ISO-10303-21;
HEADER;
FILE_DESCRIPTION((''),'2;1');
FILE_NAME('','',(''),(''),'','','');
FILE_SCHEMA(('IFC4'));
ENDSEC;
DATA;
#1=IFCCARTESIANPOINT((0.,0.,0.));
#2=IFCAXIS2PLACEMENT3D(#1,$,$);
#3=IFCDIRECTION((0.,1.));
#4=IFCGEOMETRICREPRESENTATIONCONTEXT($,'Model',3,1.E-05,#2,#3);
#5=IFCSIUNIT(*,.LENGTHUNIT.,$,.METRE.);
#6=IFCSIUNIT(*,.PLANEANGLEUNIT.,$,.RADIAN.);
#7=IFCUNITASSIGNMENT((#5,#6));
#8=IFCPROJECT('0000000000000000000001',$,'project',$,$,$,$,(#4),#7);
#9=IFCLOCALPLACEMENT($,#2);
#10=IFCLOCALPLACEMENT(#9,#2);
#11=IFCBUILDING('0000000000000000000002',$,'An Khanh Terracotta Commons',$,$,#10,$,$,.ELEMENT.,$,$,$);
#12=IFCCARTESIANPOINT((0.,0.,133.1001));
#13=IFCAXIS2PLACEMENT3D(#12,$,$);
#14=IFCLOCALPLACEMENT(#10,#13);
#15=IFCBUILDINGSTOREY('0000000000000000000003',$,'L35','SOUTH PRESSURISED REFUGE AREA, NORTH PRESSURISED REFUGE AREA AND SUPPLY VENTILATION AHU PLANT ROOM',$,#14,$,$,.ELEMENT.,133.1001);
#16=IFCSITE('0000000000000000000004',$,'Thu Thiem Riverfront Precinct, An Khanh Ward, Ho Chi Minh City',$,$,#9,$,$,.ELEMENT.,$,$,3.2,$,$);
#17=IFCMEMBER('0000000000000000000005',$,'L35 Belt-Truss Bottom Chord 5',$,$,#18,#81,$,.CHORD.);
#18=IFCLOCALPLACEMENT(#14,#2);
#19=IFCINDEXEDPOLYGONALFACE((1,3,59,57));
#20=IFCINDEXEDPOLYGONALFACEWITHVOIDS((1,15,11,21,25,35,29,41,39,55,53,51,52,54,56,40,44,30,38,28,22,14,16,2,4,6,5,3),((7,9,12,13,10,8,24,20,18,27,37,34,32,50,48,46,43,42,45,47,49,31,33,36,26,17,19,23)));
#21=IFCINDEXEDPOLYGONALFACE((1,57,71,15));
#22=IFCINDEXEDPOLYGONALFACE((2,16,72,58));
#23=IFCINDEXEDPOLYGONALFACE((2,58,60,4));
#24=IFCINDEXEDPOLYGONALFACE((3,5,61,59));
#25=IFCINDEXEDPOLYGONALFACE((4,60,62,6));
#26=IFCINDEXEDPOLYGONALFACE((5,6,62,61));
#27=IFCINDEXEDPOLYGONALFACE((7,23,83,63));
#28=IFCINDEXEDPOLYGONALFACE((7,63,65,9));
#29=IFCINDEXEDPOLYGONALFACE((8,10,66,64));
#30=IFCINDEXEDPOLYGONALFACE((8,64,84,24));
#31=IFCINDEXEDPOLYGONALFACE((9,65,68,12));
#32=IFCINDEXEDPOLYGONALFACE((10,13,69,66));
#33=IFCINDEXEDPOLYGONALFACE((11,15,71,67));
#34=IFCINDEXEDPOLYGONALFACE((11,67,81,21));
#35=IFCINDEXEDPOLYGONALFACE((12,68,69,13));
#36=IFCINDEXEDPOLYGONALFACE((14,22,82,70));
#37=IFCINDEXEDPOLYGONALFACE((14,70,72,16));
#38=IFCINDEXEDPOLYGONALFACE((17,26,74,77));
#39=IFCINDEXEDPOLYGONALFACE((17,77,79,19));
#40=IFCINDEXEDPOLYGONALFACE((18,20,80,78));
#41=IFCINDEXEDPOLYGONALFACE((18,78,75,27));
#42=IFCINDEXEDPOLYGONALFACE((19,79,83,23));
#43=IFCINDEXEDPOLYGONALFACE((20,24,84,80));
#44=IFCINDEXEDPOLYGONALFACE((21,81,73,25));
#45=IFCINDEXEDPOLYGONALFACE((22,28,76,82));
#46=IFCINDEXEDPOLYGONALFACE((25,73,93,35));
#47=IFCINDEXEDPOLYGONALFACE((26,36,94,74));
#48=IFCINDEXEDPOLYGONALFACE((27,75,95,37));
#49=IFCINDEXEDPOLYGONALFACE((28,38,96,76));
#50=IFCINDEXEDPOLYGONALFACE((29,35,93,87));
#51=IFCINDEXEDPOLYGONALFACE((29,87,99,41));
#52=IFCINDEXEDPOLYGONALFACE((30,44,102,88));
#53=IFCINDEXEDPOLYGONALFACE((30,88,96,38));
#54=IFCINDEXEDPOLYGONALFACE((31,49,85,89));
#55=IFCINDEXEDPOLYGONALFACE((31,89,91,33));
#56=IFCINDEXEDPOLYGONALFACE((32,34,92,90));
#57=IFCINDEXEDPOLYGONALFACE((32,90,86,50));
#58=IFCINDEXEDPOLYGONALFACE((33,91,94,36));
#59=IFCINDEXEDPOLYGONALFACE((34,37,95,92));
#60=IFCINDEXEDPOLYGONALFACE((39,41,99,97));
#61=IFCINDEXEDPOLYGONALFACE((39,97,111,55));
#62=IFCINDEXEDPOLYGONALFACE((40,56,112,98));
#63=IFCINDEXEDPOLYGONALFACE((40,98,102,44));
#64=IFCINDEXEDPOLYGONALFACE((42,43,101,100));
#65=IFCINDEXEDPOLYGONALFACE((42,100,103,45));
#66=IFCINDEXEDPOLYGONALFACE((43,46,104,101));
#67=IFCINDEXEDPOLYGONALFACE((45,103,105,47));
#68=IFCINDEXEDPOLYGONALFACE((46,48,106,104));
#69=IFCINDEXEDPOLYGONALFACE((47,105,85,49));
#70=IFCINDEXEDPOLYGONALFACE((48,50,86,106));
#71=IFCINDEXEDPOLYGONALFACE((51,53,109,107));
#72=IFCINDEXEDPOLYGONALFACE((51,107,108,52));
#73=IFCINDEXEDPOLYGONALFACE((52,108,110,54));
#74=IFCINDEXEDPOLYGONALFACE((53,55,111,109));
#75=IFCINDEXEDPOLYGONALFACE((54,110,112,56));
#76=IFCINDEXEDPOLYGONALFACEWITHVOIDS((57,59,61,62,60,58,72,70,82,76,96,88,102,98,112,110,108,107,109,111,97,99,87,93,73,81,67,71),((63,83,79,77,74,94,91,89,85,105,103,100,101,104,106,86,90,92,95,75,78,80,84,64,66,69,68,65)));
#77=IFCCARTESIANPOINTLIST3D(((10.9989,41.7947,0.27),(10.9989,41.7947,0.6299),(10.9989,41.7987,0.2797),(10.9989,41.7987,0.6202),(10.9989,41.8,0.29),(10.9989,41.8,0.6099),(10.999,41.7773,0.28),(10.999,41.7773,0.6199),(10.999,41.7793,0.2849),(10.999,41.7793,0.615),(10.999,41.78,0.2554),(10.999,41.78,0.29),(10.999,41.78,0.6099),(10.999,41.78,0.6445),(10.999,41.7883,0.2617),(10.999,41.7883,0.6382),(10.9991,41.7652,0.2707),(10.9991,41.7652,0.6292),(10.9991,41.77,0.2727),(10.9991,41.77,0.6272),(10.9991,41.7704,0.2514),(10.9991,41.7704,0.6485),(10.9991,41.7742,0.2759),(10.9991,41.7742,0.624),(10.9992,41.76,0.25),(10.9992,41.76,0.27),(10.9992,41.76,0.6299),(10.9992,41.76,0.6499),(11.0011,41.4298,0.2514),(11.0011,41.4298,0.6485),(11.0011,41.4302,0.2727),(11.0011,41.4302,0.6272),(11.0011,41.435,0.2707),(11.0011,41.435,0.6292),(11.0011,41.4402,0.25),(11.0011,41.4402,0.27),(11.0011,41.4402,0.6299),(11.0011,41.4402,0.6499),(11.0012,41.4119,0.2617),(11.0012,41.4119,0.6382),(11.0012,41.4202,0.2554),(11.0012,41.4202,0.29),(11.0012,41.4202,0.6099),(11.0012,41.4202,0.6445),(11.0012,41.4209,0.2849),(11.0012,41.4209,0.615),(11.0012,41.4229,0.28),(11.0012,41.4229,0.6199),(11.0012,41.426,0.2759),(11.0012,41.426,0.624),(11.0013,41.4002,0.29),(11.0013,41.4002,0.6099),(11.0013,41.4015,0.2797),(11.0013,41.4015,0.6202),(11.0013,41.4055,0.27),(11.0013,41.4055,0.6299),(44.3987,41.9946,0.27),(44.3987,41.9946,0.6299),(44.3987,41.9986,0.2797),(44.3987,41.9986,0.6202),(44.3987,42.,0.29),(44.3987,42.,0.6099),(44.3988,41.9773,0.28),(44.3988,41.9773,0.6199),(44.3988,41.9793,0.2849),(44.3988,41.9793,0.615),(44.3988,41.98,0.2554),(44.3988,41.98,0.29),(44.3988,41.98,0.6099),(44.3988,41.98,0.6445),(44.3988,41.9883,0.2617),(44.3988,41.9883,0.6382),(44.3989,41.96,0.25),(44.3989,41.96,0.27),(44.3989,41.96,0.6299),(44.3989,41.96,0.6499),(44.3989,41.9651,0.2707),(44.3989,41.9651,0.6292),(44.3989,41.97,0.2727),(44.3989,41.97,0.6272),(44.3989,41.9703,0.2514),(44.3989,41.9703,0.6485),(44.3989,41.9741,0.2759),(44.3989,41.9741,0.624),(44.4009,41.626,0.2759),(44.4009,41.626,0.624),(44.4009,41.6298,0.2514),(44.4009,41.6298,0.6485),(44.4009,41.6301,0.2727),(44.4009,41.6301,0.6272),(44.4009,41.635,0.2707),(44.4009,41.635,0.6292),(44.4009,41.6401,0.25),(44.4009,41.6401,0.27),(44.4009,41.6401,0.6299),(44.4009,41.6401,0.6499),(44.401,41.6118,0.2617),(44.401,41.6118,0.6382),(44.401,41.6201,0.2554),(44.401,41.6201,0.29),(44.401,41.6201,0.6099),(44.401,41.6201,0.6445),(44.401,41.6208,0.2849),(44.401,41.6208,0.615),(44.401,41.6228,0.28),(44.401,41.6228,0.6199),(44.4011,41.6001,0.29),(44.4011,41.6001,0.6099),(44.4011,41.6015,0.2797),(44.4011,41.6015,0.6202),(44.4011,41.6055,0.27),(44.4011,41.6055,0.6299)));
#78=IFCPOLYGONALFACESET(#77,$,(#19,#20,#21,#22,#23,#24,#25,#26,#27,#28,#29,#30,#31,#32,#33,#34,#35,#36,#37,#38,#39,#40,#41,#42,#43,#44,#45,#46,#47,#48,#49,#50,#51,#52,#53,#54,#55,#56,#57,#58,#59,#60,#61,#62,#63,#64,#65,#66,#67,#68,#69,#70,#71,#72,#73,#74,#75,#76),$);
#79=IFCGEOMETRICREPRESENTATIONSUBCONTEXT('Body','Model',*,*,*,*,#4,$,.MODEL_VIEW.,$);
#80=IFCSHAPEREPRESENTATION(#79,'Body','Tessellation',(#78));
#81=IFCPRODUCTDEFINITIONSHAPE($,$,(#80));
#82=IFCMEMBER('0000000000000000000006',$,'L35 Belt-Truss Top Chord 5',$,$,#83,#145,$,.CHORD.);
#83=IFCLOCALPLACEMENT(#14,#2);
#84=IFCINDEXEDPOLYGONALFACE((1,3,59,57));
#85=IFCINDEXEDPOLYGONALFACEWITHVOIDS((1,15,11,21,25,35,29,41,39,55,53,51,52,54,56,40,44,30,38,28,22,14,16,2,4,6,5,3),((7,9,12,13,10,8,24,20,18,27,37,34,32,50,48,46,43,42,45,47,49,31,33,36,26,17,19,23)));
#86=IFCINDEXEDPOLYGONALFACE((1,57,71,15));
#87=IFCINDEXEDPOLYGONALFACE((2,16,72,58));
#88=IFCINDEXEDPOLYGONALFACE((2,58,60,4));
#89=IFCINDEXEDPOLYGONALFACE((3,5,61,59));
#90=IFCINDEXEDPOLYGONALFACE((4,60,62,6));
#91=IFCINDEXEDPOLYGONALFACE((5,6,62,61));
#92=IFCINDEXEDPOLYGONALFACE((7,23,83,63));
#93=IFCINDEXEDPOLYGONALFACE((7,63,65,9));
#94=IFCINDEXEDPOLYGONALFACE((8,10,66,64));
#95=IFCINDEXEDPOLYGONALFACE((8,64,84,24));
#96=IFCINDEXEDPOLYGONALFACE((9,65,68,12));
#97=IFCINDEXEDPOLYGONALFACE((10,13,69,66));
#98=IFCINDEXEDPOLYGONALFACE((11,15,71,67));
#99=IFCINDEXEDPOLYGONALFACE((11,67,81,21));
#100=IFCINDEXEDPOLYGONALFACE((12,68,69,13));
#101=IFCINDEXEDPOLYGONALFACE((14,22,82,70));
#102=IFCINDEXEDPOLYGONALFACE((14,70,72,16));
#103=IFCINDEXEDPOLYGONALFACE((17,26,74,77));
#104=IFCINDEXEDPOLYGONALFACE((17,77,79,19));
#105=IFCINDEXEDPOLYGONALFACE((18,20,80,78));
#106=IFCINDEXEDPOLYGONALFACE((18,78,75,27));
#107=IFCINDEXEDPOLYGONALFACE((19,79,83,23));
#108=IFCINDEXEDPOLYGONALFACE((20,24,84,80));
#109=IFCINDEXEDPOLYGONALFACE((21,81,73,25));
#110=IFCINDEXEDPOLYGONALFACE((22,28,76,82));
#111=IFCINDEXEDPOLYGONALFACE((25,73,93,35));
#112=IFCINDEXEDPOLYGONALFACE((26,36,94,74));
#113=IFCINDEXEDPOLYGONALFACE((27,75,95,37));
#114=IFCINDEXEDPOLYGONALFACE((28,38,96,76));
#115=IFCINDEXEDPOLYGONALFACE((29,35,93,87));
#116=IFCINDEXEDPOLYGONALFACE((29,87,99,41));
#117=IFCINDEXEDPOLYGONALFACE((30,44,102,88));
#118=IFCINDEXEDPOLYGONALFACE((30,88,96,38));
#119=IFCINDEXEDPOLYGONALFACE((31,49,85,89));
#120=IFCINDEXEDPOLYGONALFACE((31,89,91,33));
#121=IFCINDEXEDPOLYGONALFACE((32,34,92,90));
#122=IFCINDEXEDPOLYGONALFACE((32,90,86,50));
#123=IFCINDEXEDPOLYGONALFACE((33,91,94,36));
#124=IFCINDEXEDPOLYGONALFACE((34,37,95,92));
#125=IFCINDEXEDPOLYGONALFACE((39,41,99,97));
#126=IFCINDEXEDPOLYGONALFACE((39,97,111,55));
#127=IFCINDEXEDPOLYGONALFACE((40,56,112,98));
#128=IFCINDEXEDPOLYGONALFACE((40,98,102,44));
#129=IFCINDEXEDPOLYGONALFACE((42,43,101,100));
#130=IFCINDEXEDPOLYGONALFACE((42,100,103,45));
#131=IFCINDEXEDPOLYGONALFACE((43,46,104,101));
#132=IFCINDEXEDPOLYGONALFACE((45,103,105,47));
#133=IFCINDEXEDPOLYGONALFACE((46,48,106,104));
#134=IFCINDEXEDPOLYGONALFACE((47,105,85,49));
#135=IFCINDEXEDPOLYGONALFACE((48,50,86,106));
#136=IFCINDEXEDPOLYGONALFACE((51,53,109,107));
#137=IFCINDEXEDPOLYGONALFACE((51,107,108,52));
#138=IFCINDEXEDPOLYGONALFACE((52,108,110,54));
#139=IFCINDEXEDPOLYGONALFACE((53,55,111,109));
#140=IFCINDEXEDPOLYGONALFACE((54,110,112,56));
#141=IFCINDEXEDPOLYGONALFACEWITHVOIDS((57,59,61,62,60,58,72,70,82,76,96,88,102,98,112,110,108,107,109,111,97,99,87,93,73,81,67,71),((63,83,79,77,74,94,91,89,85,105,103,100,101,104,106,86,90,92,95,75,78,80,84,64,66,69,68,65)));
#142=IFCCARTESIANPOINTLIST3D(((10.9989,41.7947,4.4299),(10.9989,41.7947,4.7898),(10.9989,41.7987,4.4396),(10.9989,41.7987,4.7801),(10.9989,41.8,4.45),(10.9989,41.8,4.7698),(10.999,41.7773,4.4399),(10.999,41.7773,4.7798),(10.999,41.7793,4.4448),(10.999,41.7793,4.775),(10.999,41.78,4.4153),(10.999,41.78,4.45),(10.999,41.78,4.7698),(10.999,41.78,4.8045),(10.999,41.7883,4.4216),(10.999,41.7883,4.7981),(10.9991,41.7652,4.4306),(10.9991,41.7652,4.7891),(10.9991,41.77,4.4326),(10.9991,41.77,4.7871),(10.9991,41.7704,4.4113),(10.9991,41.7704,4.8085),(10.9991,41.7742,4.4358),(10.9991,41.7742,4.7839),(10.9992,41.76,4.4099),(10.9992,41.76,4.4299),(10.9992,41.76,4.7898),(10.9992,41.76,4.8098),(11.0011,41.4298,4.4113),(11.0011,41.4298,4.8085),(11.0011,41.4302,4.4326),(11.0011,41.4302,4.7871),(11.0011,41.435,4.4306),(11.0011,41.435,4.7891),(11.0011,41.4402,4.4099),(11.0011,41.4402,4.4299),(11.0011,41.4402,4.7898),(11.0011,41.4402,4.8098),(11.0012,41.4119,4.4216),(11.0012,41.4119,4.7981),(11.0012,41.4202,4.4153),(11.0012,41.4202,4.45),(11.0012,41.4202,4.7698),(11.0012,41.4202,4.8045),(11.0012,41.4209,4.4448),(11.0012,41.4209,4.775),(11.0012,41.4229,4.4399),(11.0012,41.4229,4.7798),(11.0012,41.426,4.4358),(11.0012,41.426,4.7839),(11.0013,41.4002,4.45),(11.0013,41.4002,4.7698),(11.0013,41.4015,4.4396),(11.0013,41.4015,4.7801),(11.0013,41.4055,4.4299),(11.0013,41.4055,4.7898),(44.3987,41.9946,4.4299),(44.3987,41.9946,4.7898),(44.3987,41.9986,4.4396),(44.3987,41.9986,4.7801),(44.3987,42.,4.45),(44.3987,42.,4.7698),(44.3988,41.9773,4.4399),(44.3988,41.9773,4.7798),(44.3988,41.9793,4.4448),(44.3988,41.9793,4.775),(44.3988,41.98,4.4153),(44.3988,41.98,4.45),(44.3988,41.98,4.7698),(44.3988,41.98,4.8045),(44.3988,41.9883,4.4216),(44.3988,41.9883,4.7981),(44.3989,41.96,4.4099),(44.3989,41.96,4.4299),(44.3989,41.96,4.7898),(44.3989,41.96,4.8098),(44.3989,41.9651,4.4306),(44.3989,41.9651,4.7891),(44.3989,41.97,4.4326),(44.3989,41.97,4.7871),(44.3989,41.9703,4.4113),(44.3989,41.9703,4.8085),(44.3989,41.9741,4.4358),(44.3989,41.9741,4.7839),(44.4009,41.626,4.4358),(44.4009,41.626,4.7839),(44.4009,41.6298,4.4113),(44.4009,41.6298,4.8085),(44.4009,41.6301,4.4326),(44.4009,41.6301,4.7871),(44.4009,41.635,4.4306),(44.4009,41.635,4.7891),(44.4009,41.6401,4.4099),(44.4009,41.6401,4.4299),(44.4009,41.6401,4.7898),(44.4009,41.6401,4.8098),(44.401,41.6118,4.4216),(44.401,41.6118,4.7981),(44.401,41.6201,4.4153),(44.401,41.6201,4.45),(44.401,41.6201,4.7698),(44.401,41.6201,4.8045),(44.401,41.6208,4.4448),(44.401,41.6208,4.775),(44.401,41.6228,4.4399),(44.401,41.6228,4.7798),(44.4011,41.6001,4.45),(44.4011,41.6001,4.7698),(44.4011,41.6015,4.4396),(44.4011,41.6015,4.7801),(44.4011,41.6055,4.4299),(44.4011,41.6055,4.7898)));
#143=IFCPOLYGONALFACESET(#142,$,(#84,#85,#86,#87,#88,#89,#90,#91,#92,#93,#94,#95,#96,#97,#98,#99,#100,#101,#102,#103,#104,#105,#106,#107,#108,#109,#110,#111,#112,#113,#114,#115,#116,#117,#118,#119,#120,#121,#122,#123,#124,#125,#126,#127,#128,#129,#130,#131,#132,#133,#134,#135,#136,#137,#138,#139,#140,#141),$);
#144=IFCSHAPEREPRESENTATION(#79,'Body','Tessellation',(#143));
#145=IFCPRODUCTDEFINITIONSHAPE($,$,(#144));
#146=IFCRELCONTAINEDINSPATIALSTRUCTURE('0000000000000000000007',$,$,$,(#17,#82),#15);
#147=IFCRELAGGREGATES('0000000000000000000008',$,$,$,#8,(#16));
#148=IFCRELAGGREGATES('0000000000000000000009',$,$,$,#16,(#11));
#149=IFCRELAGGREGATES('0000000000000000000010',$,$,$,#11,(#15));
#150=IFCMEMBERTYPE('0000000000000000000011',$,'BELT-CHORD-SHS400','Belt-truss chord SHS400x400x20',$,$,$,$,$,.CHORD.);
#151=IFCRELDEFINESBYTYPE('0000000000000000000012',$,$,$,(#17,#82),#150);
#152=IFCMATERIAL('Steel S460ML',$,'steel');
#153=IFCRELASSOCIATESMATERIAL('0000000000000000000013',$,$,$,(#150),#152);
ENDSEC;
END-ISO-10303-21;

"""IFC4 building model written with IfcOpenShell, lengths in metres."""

from ifc_helpers import new_model, si_unit, direction, frame, origin, origin_2d, place, context, subcontext, project, spatial, hollow_rectangle, extrude, material, material_profile, profile_set, type_object, element, save


model = new_model("IFC4")

# Units and contexts
model_context = context("Model", 3, precision=1e-05, world=origin(), true_north=direction((0.0, 1.0)))
body_context = subcontext(model_context, "Body", "Model", "MODEL_VIEW")
ifc_project = project(units=[si_unit("LENGTHUNIT", "METRE"), si_unit("PLANEANGLEUNIT", "RADIAN")], contexts=[model_context])

# Site, building, storey
site_placement = place(None, origin())
site = spatial("IfcSite", under=ifc_project, at=site_placement, Name="Thu Thiem Riverfront Precinct, An Khanh Ward, Ho Chi Minh City", CompositionType="ELEMENT", RefElevation=3.2)
building_placement = place(site_placement, origin())
building = spatial("IfcBuilding", under=site, at=building_placement, Name="An Khanh Terracotta Commons", CompositionType="ELEMENT")
storey_placement = place(building_placement, frame((0.0, 0.0, 133.1001)))
storey = spatial("IfcBuildingStorey", under=building, at=storey_placement, Name="L35", Description="SOUTH PRESSURISED REFUGE AREA, NORTH PRESSURISED REFUGE AREA AND SUPPLY VENTILATION AHU PLANT ROOM", CompositionType="ELEMENT", Elevation=133.1001)

# Shared definitions
ifc_material_1 = material(Name="Steel S460ML", Category="steel")

# Members
ifc_material_profile_1 = material_profile(ifc_material_1, hollow_rectangle(XDim=0.3999, YDim=0.3999, WallThickness=0.02, InnerFilletRadius=0.02, OuterFilletRadius=0.04, at=origin_2d()), Name="SHS400x400x20")
ifc_profile_set_1 = profile_set([ifc_material_profile_1], Name="Steel S460ML")
member_type_1 = type_object("IfcMemberType", Name="BELT-CHORD-SHS400", Description="Belt-truss chord SHS400x400x20", PredefinedType="CHORD", material=ifc_profile_set_1)
for number, where, z_axis, x_axis, name in (
    (1, (44.3999, 41.8, 0.45), (-0.999982, -0.005986, 0.0), (0.005986, -0.999982, 0.0), "L35 Belt-Truss Bottom Chord 5"),
    (2, (44.3999, 41.8, 4.6099), (-0.999982, -0.005986, 0.0), (0.005986, -0.999982, 0.0), "L35 Belt-Truss Top Chord 5"),
):
    element("IfcMember", number, at=place(storey_placement, frame(where, z_axis=z_axis, x_axis=x_axis)), inside=storey, type_object=member_type_1, Name=name, PredefinedType="CHORD", context=body_context, shape_type="SweptSolid", body=[
        extrude(hollow_rectangle(XDim=0.3999, YDim=0.3999, WallThickness=0.02, InnerFilletRadius=0.02, OuterFilletRadius=0.04, at=origin_2d()), origin(), (0.0, 0.0, 1.0), 33.4004),
    ])

save(model, "model.ifc")
